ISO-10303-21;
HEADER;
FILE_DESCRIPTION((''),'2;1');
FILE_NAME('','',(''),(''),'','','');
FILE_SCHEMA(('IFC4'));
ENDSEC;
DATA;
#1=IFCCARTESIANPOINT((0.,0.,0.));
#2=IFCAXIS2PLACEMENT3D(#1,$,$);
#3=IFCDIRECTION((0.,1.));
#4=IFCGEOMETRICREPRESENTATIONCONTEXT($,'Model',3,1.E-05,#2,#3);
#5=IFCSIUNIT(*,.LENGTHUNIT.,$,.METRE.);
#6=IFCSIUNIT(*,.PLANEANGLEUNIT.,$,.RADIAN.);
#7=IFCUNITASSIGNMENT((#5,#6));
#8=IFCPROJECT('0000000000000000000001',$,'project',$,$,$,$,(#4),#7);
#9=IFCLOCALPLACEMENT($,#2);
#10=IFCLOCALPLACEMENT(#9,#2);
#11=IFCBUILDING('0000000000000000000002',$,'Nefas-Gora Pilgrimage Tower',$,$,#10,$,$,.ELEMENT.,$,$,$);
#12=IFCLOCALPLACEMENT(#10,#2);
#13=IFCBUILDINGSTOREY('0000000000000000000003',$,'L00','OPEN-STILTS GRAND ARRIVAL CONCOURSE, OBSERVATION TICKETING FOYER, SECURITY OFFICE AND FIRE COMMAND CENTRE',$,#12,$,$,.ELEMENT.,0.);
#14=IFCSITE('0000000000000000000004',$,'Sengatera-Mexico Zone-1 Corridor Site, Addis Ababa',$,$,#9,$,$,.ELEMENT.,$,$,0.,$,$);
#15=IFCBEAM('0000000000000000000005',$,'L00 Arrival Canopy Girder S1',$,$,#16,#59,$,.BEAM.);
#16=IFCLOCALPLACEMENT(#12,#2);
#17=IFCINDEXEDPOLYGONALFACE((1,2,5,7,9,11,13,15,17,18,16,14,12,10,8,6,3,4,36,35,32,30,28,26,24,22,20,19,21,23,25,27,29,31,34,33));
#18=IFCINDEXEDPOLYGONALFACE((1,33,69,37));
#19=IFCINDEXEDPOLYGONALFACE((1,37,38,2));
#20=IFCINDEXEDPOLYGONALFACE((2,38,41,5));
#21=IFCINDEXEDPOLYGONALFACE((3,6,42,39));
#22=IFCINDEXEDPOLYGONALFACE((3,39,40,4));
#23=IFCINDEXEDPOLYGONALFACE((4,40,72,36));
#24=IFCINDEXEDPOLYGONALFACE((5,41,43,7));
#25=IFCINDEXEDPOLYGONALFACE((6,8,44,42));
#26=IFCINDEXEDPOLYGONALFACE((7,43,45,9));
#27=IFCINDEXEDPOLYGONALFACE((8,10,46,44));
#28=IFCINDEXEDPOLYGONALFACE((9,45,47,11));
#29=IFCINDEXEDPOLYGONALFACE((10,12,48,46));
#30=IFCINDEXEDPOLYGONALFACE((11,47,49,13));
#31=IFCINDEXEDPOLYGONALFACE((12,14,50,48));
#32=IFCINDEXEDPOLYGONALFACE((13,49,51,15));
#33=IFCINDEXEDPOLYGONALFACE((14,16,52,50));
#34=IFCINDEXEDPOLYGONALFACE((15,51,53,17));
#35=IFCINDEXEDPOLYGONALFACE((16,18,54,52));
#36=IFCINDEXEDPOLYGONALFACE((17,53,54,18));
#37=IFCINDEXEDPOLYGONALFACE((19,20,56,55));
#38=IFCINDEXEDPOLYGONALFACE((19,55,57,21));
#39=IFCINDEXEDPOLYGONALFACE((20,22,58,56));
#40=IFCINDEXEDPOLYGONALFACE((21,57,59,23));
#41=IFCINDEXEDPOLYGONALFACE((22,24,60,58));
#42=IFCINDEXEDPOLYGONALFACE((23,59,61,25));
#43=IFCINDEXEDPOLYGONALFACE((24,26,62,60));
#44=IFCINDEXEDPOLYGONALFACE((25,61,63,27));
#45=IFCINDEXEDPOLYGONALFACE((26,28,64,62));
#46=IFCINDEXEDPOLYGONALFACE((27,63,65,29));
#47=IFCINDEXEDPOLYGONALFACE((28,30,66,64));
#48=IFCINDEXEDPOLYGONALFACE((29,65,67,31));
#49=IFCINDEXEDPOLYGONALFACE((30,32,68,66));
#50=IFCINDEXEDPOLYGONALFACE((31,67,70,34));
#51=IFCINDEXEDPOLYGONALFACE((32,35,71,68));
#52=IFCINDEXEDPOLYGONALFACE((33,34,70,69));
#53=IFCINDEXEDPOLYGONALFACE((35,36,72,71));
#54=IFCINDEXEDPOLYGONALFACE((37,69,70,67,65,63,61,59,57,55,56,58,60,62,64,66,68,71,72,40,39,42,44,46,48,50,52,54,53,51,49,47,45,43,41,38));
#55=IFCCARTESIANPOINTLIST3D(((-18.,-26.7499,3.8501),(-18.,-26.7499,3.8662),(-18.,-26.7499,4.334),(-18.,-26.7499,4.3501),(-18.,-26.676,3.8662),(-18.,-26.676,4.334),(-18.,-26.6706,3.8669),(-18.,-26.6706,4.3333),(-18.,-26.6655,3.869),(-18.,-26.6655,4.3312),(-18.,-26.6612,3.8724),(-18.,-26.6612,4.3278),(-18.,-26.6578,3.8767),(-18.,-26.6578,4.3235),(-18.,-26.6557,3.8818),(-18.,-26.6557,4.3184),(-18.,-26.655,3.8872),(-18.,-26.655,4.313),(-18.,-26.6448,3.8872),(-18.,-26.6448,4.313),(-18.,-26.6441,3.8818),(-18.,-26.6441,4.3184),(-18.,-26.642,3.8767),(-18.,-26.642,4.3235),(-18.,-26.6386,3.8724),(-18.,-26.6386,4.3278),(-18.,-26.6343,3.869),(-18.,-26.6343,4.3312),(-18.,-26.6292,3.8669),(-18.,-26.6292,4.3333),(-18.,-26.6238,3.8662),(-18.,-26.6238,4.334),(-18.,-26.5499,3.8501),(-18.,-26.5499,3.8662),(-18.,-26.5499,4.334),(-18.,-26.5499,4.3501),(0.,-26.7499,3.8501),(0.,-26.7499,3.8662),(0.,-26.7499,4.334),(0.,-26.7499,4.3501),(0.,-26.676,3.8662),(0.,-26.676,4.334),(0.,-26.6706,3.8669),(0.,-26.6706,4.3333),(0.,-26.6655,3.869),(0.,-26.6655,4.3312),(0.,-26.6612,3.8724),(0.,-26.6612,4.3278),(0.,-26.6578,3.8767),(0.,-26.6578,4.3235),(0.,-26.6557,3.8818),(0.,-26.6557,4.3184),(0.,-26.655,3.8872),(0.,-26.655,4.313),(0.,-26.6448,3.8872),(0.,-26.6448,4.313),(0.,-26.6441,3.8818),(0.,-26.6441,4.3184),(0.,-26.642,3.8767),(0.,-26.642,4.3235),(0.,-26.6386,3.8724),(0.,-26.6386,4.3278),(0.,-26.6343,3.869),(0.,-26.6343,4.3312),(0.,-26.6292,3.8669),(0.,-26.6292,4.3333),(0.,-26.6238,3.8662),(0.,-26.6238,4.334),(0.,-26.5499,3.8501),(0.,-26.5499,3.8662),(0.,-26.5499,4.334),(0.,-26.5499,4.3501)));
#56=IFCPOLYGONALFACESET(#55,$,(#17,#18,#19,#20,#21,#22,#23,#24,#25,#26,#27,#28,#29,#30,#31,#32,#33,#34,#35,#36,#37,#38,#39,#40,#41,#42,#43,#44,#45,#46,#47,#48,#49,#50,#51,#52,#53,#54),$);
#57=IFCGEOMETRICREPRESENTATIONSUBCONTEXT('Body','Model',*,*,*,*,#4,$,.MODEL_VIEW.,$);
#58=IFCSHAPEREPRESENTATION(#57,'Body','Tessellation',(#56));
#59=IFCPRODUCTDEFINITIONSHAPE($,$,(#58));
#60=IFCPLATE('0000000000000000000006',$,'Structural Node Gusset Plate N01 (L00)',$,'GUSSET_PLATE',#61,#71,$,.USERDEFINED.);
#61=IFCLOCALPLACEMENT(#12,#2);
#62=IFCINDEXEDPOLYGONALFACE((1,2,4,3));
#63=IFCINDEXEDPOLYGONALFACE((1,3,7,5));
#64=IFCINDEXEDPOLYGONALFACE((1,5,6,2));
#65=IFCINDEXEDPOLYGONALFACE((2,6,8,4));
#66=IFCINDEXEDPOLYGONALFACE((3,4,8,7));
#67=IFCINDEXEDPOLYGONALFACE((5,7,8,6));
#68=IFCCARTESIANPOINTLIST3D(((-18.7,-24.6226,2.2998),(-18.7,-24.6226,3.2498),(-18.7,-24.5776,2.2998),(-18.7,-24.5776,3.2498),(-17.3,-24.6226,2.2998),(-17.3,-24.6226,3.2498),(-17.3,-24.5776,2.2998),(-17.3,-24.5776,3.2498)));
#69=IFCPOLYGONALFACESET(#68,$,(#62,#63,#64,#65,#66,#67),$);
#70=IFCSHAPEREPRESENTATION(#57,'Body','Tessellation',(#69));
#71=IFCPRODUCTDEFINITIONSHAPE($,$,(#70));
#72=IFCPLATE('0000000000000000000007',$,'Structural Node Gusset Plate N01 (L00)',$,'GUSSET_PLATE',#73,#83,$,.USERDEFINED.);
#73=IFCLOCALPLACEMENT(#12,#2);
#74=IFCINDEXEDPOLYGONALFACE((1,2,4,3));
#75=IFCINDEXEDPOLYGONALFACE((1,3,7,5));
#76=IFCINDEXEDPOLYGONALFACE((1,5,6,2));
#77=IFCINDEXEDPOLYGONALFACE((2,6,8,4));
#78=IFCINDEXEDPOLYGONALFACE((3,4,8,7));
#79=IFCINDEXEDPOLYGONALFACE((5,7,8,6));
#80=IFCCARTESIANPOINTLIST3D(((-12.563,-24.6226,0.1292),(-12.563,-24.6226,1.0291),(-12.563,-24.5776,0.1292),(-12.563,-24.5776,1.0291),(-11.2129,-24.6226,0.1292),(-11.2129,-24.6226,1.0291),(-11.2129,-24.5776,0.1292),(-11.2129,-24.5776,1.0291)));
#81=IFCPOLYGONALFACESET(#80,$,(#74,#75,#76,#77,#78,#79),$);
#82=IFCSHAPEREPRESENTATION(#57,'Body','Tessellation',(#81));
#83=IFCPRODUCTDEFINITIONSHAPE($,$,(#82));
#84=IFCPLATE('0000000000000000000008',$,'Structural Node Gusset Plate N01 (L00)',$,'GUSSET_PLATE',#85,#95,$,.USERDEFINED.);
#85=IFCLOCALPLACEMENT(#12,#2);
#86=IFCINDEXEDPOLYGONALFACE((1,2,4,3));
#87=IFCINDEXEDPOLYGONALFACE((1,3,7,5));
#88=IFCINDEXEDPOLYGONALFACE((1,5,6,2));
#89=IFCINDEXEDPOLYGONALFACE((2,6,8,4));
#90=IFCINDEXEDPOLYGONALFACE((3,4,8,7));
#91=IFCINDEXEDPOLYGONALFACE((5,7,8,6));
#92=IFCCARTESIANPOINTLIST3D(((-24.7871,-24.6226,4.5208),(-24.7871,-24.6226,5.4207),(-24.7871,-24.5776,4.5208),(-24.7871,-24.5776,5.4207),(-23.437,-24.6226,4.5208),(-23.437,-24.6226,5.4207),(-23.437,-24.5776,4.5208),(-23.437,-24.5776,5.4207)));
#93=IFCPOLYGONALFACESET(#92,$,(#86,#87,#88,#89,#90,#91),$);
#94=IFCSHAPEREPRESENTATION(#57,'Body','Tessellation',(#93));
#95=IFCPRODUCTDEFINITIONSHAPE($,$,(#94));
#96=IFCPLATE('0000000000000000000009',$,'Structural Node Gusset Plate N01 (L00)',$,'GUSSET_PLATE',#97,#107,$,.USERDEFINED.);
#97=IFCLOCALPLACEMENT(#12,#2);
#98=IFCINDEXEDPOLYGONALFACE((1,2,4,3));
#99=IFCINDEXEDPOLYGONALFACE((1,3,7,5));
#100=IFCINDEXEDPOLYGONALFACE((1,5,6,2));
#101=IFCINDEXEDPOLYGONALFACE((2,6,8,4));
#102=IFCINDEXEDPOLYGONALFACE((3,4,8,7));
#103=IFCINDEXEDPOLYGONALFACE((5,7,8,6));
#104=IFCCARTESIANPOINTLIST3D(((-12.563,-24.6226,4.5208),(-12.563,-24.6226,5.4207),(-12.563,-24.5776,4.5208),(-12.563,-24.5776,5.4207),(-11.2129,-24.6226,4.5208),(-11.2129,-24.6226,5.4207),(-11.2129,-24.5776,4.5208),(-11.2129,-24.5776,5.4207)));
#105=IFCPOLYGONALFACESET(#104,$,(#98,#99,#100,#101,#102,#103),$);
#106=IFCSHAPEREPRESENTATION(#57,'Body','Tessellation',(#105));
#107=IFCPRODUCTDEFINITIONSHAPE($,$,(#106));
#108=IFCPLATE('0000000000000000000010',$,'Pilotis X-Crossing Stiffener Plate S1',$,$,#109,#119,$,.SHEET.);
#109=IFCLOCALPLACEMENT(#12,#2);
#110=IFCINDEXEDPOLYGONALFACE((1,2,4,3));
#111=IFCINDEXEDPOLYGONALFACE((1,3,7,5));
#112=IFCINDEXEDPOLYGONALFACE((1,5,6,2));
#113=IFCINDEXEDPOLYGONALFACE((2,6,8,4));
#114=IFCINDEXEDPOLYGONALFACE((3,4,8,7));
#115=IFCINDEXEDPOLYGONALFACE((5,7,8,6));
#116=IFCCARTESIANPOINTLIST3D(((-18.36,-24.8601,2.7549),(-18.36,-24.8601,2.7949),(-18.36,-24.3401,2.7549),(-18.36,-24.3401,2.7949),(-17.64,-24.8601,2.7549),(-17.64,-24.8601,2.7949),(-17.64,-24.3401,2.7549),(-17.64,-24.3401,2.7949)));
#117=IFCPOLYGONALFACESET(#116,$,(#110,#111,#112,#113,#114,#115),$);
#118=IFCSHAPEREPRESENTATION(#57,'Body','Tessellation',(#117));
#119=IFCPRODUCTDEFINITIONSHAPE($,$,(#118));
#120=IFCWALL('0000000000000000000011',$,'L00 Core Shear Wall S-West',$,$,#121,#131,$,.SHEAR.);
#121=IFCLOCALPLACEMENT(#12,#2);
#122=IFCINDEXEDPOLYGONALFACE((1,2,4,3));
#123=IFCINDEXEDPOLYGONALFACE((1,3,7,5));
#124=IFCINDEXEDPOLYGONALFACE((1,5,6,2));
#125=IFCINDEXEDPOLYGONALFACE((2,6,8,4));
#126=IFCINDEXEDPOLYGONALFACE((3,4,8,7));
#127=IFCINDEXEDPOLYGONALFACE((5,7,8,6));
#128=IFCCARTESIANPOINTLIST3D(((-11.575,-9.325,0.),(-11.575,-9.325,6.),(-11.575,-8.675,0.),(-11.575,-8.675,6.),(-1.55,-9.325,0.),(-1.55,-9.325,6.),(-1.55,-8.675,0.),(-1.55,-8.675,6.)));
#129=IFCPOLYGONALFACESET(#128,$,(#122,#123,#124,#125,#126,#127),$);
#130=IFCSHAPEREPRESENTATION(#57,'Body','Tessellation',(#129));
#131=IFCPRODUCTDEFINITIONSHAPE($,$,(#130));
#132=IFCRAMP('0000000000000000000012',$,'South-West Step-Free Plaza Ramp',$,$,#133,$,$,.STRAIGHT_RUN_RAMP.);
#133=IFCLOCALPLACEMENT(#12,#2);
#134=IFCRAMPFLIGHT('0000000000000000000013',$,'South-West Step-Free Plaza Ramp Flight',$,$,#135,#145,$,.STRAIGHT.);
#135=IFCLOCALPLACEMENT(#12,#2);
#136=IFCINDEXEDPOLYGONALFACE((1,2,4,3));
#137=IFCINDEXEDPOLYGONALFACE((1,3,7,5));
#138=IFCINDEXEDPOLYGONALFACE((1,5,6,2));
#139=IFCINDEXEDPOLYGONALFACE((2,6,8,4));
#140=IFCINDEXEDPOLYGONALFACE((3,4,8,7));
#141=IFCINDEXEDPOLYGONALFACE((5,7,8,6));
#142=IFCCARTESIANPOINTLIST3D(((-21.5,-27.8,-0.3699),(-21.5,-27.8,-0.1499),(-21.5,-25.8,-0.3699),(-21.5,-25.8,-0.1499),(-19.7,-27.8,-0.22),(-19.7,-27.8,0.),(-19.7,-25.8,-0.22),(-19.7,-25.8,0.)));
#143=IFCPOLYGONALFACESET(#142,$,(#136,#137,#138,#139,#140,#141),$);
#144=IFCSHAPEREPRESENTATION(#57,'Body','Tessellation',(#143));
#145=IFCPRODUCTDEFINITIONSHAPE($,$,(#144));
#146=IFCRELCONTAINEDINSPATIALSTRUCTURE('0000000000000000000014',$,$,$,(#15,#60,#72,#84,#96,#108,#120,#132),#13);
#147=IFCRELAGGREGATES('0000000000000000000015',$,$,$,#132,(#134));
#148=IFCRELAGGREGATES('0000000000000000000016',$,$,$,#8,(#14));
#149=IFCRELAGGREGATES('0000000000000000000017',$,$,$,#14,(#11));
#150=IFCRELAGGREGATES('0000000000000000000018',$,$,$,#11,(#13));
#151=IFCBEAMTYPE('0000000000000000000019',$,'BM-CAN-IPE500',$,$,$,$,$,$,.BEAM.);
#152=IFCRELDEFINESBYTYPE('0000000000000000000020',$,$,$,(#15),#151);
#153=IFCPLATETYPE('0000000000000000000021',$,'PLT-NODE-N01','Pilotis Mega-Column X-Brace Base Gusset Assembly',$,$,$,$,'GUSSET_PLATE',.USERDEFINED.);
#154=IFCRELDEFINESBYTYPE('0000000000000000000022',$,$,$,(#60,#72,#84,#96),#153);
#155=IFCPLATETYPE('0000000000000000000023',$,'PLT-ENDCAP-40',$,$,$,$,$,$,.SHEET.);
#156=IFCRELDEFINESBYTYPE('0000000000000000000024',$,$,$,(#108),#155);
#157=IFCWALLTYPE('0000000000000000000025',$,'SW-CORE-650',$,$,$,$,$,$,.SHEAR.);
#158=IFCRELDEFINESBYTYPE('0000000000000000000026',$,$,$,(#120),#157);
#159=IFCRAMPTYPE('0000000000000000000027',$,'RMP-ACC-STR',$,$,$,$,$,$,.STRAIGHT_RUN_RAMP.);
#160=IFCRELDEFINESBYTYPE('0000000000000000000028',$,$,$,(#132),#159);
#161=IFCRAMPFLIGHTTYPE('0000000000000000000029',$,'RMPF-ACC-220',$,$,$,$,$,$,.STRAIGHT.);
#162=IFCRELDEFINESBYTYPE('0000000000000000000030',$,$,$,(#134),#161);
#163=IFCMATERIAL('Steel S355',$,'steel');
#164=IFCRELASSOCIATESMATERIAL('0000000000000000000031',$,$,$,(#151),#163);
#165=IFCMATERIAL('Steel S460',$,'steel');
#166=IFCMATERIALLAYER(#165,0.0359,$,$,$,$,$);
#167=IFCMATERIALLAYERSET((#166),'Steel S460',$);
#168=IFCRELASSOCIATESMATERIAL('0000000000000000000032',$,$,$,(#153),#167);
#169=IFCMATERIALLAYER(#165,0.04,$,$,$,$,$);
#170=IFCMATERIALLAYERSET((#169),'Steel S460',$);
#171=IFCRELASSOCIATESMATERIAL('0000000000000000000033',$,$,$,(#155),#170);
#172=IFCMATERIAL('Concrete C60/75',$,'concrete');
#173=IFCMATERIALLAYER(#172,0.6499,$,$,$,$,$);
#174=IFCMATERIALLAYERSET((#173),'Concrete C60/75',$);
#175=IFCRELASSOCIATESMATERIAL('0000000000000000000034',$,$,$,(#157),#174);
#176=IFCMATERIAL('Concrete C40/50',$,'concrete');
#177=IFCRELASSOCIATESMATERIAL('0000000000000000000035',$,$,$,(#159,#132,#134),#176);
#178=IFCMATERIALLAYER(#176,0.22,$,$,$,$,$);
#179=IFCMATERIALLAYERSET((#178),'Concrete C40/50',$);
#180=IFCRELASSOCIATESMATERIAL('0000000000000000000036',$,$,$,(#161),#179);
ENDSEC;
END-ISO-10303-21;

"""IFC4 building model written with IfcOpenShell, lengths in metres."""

from ifc_helpers import new_model, si_unit, direction, frame, frame_2d, origin, origin_2d, place, context, subcontext, project, spatial, polyline, rectangle, i_section, outline, extrude, source, transform, mapped, material, layer, layer_set, material_profile, profile_set, type_object, element, aggregate, save


model = new_model("IFC4")

# Units and contexts
model_context = context("Model", 3, precision=1e-05, world=origin(), true_north=direction((0.0, 1.0)))
body_context = subcontext(model_context, "Body", "Model", "MODEL_VIEW")
ifc_project = project(units=[si_unit("LENGTHUNIT", "METRE"), si_unit("PLANEANGLEUNIT", "RADIAN")], contexts=[model_context])

# Site, building, storey
site_placement = place(None, origin())
site = spatial("IfcSite", under=ifc_project, at=site_placement, Name="Sengatera-Mexico Zone-1 Corridor Site, Addis Ababa", CompositionType="ELEMENT", RefElevation=0.0)
building_placement = place(site_placement, origin())
building = spatial("IfcBuilding", under=site, at=building_placement, Name="Nefas-Gora Pilgrimage Tower", CompositionType="ELEMENT")
storey_placement = place(building_placement, origin())
storey = spatial("IfcBuildingStorey", under=building, at=storey_placement, Name="L00", Description="OPEN-STILTS GRAND ARRIVAL CONCOURSE, OBSERVATION TICKETING FOYER, SECURITY OFFICE AND FIRE COMMAND CENTRE", CompositionType="ELEMENT", Elevation=0.0)

# Shared definitions
ifc_material_1 = material(Name="Steel S355", Category="steel")
ifc_material_2 = material(Name="Steel S460", Category="steel")

# Beam
ifc_material_profile_1 = material_profile(ifc_material_1, i_section(OverallWidth=0.2, OverallDepth=0.5, WebThickness=0.0103, FlangeThickness=0.0161, FilletRadius=0.021, at=origin_2d()), Name="IPE 500")
ifc_profile_set_1 = profile_set([ifc_material_profile_1], Name="Steel S355")
beam_type_1 = type_object("IfcBeamType", Name="BM-CAN-IPE500", PredefinedType="BEAM", material=ifc_profile_set_1)
shared_shape_1 = source(origin(), body_context, "Body", "SweptSolid", [
    extrude(i_section(OverallWidth=0.2, OverallDepth=0.5, WebThickness=0.0103, FlangeThickness=0.0161, FilletRadius=0.021, at=origin_2d()), origin(), (0.0, 0.0, 1.0), 18.0),
])
beam_1_placement = place(storey_placement, frame((-18.0, -26.6499, 4.1001), z_axis=(1.0, 0.0, 0.0), x_axis=(0.0, 1.0, 0.0)))
element("IfcBeam", 1, at=beam_1_placement, inside=storey, type_object=beam_type_1, Name="L00 Arrival Canopy Girder S1", PredefinedType="BEAM", context=body_context, shape_type="MappedRepresentation", body=[
    mapped(shared_shape_1, transform((0.0, 0.0, 0.0), x_axis=(1.0, 0.0, 0.0), y_axis=(0.0, 1.0, 0.0), z_axis=(0.0, 0.0, 1.0), scale=1.0)),
])

# Plates
ifc_layer_1 = layer(ifc_material_2, 0.0359)
ifc_layer_set_1 = layer_set([ifc_layer_1], Name="Steel S460")
plate_type_1 = type_object("IfcPlateType", Name="PLT-NODE-N01", Description="Pilotis Mega-Column X-Brace Base Gusset Assembly", ElementType="GUSSET_PLATE", PredefinedType="USERDEFINED", material=ifc_layer_set_1)
shared_shape_2 = source(origin(), body_context, "Body", "SweptSolid", [
    extrude(rectangle(XDim=1.3999, YDim=0.0449, at=origin_2d()), origin(), (0.0, 0.0, 1.0), 0.95),
])
plate_1_placement = place(storey_placement, frame((-18.0, -24.6001, 2.2998), z_axis=(0.0, 0.0, 1.0), x_axis=(1.0, 0.0, 0.0)))
element("IfcPlate", 2, at=plate_1_placement, inside=storey, type_object=plate_type_1, Name="Structural Node Gusset Plate N01 (L00)", ObjectType="GUSSET_PLATE", PredefinedType="USERDEFINED", context=body_context, shape_type="MappedRepresentation", body=[
    mapped(shared_shape_2, transform((0.0, 0.0, 0.0), x_axis=(1.0, 0.0, 0.0), y_axis=(0.0, 1.0, 0.0), z_axis=(0.0, 0.0, 1.0), scale=1.0)),
])
shared_shape_3 = source(origin(), body_context, "Body", "SweptSolid", [
    extrude(rectangle(XDim=1.3501, YDim=0.0449, at=origin_2d()), origin(), (0.0, 0.0, 1.0), 0.8999),
])
for number, where, z_axis, x_axis, name in (
    (3, (-11.8879, -24.6001, 0.1292), (0.0, 0.0, 1.0), (1.0, 0.0, 0.0), "Structural Node Gusset Plate N01 (L00)"),
    (4, (-24.1121, -24.6001, 4.5208), (0.0, 0.0, 1.0), (1.0, 0.0, 0.0), "Structural Node Gusset Plate N01 (L00)"),
    (5, (-11.8879, -24.6001, 4.5208), (0.0, 0.0, 1.0), (1.0, 0.0, 0.0), "Structural Node Gusset Plate N01 (L00)"),
):
    element("IfcPlate", number, at=place(storey_placement, frame(where, z_axis=z_axis, x_axis=x_axis)), inside=storey, type_object=plate_type_1, Name=name, ObjectType="GUSSET_PLATE", PredefinedType="USERDEFINED", context=body_context, shape_type="MappedRepresentation", body=[
        mapped(shared_shape_3, transform((0.0, 0.0, 0.0), x_axis=(1.0, 0.0, 0.0), y_axis=(0.0, 1.0, 0.0), z_axis=(0.0, 0.0, 1.0), scale=1.0)),
    ])
ifc_layer_2 = layer(ifc_material_2, 0.04)
ifc_layer_set_2 = layer_set([ifc_layer_2], Name="Steel S460")
plate_type_2 = type_object("IfcPlateType", Name="PLT-ENDCAP-40", PredefinedType="SHEET", material=ifc_layer_set_2)
shared_shape_4 = source(origin(), body_context, "Body", "SweptSolid", [
    extrude(rectangle(XDim=0.72, YDim=0.52, at=origin_2d()), origin(), (0.0, 0.0, 1.0), 0.04),
])
plate_2_placement = place(storey_placement, frame((-18.0, -24.6001, 2.7549), z_axis=(0.0, 0.0, 1.0), x_axis=(1.0, 0.0, 0.0)))
element("IfcPlate", 6, at=plate_2_placement, inside=storey, type_object=plate_type_2, Name="Pilotis X-Crossing Stiffener Plate S1", PredefinedType="SHEET", context=body_context, shape_type="MappedRepresentation", body=[
    mapped(shared_shape_4, transform((0.0, 0.0, 0.0), x_axis=(1.0, 0.0, 0.0), y_axis=(0.0, 1.0, 0.0), z_axis=(0.0, 0.0, 1.0), scale=1.0)),
])

# Wall
ifc_material_3 = material(Name="Concrete C60/75", Category="concrete")
ifc_layer_3 = layer(ifc_material_3, 0.6499)
ifc_layer_set_3 = layer_set([ifc_layer_3], Name="Concrete C60/75")
wall_type_1 = type_object("IfcWallType", Name="SW-CORE-650", PredefinedType="SHEAR", material=ifc_layer_set_3)
shared_shape_5 = source(origin(), body_context, "Body", "SweptSolid", [
    extrude(rectangle(XDim=10.0249, YDim=0.6499, at=frame_2d((5.0125, 0.0))), origin(), (0.0, 0.0, 1.0), 6.0),
])
wall_1_placement = place(storey_placement, frame((-11.575, -9.0, 0.0), z_axis=(0.0, 0.0, 1.0), x_axis=(1.0, 0.0, 0.0)))
element("IfcWall", 7, at=wall_1_placement, inside=storey, type_object=wall_type_1, Name="L00 Core Shear Wall S-West", PredefinedType="SHEAR", context=body_context, shape_type="MappedRepresentation", body=[
    mapped(shared_shape_5, transform((0.0, 0.0, 0.0), x_axis=(1.0, 0.0, 0.0), y_axis=(0.0, 1.0, 0.0), z_axis=(0.0, 0.0, 1.0), scale=1.0)),
])

# Ramp, ramp flight
ifc_material_4 = material(Name="Concrete C40/50", Category="concrete")
ramp_type = type_object("IfcRampType", Name="RMP-ACC-STR", PredefinedType="STRAIGHT_RUN_RAMP", material=ifc_material_4)
ramp_placement = place(storey_placement, origin())
ramp = element("IfcRamp", 8, at=ramp_placement, inside=storey, type_object=ramp_type, material=ifc_material_4, Name="South-West Step-Free Plaza Ramp", PredefinedType="STRAIGHT_RUN_RAMP")
ifc_layer_4 = layer(ifc_material_4, 0.22)
ifc_layer_set_4 = layer_set([ifc_layer_4], Name="Concrete C40/50")
ramp_flight_type = type_object("IfcRampFlightType", Name="RMPF-ACC-220", PredefinedType="STRAIGHT", material=ifc_layer_set_4)
ramp_flight_placement = place(storey_placement, frame((-21.5, -26.8, -0.1499), z_axis=(0.0, 0.0, 1.0), x_axis=(1.0, 0.0, 0.0)))
ramp_flight = element("IfcRampFlight", 9, at=ramp_flight_placement, type_object=ramp_flight_type, material=ifc_material_4, Name="South-West Step-Free Plaza Ramp Flight", PredefinedType="STRAIGHT", context=body_context, shape_type="SweptSolid", body=[
    extrude(outline(polyline([(0.0, 0.0), (1.8, 0.1499), (1.8, -0.0701), (0.0, -0.22), (0.0, 0.0)])), frame((0.0, 1.0, 0.0), z_axis=(0.0, -1.0, 0.0), x_axis=(1.0, 0.0, 0.0)), (0.0, 0.0, 1.0), 2.0),
])
aggregate(ramp, [ramp_flight])

save(model, "model.ifc")
